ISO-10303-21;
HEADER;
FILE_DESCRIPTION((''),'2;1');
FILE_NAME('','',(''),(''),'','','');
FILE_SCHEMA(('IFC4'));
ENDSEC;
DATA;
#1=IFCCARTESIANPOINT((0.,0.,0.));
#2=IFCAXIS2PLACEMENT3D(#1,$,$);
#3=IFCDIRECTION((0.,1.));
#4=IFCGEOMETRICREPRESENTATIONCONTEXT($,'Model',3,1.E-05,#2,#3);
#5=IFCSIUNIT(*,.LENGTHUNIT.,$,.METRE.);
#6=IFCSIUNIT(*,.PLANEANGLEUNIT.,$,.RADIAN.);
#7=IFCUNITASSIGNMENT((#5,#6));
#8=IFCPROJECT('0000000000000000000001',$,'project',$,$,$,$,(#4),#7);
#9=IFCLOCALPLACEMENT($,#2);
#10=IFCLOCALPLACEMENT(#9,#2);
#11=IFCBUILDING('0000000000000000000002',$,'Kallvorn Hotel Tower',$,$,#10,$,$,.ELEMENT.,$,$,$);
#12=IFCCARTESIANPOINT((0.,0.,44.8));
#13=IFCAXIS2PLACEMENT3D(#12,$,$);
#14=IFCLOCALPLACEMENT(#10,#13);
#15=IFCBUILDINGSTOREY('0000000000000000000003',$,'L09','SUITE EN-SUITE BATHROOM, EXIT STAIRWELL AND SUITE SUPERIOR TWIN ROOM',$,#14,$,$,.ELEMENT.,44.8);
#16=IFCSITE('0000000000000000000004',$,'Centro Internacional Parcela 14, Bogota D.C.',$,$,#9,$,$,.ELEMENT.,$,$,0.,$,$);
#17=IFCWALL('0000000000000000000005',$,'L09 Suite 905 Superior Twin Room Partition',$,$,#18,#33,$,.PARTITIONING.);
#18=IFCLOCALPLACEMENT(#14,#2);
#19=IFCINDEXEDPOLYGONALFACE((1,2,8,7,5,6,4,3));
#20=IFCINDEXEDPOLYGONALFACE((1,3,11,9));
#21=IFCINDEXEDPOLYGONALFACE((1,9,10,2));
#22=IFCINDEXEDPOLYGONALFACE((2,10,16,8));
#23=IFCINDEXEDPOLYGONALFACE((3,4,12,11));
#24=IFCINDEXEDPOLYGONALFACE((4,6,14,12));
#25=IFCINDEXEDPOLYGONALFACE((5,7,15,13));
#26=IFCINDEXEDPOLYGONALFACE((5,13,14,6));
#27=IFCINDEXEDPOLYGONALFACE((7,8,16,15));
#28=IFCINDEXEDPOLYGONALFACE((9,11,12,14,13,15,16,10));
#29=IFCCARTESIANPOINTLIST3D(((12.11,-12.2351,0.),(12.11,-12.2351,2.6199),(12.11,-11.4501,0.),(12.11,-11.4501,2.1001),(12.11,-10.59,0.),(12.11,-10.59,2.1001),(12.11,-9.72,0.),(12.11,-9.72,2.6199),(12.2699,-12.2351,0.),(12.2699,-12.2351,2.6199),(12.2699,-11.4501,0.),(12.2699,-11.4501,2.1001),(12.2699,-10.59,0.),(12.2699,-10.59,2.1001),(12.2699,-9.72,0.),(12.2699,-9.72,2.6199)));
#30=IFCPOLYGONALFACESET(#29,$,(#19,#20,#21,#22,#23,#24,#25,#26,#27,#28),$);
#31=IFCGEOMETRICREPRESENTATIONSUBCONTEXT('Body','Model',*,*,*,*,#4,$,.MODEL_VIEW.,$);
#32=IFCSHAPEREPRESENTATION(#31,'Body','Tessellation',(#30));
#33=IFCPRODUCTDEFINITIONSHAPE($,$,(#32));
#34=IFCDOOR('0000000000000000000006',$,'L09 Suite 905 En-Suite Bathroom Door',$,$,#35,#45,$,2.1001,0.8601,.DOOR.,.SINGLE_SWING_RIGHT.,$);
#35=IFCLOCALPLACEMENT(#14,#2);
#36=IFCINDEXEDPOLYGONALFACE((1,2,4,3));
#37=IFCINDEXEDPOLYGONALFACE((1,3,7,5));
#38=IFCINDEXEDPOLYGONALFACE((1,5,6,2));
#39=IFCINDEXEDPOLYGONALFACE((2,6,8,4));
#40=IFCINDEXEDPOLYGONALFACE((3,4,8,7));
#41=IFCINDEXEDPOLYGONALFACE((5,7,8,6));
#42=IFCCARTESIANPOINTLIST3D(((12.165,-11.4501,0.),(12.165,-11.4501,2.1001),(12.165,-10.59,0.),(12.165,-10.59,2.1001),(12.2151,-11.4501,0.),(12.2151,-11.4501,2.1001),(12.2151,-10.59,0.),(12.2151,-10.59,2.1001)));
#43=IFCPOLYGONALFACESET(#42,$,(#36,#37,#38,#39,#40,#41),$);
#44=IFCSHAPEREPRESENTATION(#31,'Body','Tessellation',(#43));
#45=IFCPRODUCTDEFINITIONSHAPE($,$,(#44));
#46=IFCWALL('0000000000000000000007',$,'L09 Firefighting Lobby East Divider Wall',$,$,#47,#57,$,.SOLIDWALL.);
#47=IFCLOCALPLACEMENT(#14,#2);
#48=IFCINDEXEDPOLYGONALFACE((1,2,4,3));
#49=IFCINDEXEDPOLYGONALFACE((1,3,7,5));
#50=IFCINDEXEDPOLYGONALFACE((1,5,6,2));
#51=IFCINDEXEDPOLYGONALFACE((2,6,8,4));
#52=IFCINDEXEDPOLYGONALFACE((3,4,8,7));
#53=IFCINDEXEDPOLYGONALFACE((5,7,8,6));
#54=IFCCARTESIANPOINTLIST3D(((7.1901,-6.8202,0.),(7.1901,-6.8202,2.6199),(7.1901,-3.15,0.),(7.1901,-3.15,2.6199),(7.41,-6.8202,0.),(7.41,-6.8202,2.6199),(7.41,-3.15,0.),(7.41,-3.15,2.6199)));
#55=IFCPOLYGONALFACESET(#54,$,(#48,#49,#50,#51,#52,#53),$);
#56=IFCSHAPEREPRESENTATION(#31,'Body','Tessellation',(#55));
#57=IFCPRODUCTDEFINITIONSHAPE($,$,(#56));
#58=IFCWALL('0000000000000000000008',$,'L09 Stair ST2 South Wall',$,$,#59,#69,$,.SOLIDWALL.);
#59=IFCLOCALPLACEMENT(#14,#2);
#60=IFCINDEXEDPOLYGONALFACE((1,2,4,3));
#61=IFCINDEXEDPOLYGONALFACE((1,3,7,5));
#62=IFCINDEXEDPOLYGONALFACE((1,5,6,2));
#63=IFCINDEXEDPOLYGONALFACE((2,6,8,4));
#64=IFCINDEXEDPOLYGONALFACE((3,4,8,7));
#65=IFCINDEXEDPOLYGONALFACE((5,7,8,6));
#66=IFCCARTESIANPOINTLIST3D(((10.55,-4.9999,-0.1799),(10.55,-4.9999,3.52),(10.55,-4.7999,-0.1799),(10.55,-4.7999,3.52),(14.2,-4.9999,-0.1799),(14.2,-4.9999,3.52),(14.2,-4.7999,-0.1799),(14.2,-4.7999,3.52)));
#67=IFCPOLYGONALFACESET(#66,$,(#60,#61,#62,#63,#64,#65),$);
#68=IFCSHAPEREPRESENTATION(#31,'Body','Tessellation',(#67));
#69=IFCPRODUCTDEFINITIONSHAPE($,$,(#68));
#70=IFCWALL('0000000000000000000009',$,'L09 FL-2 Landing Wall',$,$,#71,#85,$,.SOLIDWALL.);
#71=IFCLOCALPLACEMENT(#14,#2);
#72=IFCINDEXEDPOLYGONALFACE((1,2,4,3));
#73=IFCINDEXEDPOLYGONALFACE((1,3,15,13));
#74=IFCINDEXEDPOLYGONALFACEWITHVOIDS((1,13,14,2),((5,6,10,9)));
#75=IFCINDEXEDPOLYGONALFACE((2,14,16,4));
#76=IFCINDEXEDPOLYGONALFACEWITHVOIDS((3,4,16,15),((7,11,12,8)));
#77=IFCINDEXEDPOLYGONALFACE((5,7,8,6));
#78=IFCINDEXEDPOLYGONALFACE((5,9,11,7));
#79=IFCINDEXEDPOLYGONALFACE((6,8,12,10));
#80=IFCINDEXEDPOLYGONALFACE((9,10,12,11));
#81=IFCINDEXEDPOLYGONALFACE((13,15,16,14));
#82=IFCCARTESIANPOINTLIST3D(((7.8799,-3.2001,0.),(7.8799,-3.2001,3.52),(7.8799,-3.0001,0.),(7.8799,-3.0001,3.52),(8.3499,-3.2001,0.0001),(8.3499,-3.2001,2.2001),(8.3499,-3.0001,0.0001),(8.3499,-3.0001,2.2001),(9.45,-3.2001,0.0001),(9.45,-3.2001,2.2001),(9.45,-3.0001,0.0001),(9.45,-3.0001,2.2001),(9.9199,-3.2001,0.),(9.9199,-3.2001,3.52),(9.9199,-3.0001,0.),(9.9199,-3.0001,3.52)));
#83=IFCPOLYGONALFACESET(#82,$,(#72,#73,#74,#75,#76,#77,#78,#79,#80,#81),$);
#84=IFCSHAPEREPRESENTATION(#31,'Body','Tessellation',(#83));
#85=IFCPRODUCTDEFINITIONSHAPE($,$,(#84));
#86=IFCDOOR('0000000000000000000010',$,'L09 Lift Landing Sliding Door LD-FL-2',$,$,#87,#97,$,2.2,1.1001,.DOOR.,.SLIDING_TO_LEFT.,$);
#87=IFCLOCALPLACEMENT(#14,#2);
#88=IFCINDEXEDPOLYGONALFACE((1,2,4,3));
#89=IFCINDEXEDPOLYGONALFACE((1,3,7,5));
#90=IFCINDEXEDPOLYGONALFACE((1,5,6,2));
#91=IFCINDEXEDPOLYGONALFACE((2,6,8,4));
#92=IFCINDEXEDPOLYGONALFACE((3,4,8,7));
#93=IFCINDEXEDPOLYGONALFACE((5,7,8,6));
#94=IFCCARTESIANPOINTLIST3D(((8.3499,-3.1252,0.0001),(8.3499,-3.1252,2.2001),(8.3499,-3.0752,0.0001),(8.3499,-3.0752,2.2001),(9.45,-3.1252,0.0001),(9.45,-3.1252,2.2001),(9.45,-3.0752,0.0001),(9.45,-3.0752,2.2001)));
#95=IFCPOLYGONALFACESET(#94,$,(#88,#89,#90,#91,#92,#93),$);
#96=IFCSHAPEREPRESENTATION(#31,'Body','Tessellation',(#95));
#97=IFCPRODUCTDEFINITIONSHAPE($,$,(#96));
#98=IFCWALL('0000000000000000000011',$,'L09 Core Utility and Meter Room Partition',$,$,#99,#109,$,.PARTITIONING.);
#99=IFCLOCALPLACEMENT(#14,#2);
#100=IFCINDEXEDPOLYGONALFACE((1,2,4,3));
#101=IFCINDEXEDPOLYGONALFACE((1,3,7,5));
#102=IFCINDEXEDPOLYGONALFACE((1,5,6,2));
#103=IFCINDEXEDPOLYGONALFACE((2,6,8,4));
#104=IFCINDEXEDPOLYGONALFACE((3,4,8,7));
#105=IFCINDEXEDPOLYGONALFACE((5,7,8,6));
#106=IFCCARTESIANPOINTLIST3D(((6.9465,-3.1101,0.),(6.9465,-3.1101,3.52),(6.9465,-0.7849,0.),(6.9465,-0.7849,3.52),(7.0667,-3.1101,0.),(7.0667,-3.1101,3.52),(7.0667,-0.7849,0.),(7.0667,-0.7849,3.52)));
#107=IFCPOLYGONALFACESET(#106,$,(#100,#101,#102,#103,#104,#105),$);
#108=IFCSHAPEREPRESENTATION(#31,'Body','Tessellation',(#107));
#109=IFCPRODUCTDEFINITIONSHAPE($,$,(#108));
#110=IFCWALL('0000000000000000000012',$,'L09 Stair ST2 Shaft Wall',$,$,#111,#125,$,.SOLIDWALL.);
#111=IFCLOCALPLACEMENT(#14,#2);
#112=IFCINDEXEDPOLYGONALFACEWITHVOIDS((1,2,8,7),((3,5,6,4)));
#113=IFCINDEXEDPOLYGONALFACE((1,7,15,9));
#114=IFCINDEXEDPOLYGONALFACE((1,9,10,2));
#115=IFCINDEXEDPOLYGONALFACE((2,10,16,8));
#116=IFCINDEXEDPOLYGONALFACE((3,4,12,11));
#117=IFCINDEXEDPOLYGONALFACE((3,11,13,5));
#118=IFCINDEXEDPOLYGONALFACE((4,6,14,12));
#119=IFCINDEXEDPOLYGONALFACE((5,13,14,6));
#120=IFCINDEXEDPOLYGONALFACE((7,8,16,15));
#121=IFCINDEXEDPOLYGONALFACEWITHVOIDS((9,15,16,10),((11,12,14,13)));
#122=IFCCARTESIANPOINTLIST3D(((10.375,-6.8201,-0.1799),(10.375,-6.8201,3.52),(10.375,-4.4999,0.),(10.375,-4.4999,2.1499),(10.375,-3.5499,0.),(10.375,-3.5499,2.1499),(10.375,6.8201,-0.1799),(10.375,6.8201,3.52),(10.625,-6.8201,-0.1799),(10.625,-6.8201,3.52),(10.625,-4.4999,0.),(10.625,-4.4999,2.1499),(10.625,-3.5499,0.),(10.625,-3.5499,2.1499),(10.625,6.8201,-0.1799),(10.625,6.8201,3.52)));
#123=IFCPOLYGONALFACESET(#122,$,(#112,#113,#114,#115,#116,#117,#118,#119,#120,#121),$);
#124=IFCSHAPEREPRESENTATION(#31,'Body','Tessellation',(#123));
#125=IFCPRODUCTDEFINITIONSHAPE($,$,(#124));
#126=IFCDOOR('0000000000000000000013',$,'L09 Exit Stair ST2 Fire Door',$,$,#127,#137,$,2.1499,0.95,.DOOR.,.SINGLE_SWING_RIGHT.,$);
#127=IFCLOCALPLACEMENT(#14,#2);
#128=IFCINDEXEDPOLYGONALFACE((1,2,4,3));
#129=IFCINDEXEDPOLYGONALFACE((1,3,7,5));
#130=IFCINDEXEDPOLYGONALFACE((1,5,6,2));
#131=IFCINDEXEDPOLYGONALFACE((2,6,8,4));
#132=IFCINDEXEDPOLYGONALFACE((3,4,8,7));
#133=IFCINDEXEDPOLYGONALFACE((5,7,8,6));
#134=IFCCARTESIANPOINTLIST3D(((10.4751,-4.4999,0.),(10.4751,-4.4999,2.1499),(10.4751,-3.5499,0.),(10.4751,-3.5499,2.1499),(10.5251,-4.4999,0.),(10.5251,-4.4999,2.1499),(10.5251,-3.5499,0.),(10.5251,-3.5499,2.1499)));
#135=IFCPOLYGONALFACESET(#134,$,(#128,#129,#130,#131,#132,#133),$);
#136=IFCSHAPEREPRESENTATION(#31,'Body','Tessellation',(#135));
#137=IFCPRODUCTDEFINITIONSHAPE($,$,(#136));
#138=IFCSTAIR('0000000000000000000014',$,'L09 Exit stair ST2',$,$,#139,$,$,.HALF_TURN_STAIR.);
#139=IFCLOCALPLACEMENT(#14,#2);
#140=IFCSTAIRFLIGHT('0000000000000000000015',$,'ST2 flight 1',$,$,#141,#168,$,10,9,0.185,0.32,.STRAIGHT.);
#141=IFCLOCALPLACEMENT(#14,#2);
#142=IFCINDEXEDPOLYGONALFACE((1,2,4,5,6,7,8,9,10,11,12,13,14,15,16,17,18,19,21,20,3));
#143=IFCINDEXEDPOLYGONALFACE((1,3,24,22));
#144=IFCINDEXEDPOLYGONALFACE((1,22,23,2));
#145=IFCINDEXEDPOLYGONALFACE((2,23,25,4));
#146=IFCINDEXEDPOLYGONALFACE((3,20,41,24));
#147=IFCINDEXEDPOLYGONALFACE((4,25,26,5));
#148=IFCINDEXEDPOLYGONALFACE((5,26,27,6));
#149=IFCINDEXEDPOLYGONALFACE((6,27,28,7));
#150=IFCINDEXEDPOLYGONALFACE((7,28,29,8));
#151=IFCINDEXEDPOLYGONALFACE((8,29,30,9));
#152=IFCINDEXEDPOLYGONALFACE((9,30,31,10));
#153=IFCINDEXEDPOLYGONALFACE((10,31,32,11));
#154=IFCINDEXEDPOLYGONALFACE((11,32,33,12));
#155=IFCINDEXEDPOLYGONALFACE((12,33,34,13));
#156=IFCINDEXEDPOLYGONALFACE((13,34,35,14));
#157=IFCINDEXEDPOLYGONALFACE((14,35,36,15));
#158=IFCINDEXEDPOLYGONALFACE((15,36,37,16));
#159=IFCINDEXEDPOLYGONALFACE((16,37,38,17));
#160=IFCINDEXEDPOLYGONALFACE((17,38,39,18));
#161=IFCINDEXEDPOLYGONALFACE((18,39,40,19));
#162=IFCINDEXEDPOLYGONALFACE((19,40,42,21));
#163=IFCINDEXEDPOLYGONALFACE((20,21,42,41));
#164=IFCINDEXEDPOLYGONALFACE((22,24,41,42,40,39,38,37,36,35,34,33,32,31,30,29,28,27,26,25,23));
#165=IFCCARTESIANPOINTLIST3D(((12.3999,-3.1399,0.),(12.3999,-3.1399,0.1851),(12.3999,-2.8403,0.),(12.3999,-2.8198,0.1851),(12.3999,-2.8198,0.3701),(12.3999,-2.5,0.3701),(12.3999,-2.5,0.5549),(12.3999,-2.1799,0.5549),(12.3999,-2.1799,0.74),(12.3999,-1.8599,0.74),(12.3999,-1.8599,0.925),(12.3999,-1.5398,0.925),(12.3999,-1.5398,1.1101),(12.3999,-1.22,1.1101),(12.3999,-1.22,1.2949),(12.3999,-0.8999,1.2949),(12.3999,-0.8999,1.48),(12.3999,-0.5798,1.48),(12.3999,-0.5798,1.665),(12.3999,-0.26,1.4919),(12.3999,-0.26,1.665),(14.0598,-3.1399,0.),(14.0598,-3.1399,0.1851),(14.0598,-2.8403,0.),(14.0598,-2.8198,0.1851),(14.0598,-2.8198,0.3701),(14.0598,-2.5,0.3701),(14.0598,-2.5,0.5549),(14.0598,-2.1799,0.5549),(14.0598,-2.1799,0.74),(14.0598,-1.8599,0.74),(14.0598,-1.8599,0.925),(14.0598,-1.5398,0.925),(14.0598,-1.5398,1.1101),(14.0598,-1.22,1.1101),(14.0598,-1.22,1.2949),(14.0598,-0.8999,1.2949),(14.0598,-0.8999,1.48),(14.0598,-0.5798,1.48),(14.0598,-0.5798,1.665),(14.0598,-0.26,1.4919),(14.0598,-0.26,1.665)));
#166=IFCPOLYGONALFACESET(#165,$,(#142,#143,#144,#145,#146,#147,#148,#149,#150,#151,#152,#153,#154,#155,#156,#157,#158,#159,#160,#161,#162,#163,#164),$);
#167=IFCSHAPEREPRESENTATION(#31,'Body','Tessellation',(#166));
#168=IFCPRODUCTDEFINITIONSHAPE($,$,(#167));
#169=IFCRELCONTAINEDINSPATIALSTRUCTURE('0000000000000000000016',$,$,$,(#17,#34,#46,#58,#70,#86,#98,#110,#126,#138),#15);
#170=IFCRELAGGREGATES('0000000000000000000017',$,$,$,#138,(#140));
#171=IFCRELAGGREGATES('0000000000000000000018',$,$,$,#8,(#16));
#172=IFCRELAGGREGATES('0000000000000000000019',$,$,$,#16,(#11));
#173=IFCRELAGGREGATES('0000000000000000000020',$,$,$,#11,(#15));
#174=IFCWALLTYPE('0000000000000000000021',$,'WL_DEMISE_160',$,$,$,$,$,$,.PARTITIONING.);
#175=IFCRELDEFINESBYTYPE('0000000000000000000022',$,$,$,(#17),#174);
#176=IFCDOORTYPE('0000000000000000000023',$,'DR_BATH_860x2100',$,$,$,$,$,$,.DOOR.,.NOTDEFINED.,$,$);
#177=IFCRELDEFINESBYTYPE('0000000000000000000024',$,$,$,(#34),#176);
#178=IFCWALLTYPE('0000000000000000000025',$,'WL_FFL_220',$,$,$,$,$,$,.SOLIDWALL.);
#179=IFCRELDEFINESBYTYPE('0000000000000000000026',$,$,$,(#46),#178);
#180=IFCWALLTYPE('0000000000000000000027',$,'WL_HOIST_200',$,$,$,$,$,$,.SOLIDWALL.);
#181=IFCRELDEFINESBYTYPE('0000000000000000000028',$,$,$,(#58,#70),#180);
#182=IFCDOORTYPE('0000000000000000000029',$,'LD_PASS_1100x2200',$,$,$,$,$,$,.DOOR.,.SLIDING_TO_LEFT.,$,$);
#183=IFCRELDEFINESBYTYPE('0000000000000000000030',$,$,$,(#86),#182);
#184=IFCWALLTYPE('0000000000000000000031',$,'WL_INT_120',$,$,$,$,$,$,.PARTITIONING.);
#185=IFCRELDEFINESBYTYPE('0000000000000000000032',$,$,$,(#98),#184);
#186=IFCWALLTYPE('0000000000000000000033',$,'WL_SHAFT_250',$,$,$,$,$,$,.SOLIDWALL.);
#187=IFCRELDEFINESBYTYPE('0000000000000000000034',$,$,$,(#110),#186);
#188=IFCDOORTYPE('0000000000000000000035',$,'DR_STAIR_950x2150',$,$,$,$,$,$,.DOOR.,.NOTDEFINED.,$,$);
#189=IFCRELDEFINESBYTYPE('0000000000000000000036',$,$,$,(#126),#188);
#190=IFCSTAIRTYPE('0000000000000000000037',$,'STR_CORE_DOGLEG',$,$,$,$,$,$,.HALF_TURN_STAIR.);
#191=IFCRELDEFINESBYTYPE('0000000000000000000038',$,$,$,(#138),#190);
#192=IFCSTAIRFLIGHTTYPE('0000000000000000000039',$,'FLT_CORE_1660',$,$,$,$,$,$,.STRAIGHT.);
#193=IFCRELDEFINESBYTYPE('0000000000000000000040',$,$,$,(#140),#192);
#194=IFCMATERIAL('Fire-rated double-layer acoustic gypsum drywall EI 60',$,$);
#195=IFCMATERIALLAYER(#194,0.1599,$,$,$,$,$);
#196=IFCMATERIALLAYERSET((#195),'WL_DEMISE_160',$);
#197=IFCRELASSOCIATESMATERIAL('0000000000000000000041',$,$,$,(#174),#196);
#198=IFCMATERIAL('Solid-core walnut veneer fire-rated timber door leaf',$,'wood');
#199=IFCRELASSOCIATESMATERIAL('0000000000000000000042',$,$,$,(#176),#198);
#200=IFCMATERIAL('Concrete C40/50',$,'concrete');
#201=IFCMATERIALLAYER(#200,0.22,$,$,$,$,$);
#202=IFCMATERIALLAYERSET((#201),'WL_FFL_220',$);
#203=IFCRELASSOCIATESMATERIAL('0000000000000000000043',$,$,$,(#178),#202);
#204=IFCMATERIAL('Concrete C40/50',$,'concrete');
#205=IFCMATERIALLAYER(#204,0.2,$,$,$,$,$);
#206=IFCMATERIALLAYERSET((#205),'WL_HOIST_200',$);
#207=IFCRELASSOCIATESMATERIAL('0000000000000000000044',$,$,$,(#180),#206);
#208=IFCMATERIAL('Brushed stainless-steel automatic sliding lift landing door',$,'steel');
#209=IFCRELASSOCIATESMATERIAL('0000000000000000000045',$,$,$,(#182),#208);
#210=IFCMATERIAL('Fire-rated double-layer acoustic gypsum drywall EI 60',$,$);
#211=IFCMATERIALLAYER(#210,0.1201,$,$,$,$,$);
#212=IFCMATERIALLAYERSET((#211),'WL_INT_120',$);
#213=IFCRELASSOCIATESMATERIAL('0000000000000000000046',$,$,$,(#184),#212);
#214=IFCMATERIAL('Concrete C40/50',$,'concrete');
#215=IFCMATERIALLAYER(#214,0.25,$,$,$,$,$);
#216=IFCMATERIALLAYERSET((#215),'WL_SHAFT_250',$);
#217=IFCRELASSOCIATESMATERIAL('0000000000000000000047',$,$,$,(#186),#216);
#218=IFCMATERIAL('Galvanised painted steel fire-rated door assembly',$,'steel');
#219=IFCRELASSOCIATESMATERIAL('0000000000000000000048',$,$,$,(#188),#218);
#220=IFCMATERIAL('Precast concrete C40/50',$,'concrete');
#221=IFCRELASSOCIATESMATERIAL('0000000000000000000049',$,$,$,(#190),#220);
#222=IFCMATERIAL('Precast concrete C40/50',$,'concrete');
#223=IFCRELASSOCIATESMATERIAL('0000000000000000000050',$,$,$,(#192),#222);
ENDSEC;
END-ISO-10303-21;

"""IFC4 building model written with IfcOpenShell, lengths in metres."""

from ifc_helpers import new_model, si_unit, direction, frame, frame_2d, origin, place, context, subcontext, project, spatial, polyline, rectangle, outline, extrude, material, layer, layer_set, type_object, element, fill, aggregate, save


model = new_model("IFC4")

# Units and contexts
model_context = context("Model", 3, precision=1e-05, world=origin(), true_north=direction((0.0, 1.0)))
body_context = subcontext(model_context, "Body", "Model", "MODEL_VIEW")
ifc_project = project(units=[si_unit("LENGTHUNIT", "METRE"), si_unit("PLANEANGLEUNIT", "RADIAN")], contexts=[model_context])

# Site, building, storey
site_placement = place(None, origin())
site = spatial("IfcSite", under=ifc_project, at=site_placement, Name="Centro Internacional Parcela 14, Bogota D.C.", CompositionType="ELEMENT", RefElevation=0.0)
building_placement = place(site_placement, origin())
building = spatial("IfcBuilding", under=site, at=building_placement, Name="Kallvorn Hotel Tower", CompositionType="ELEMENT")
storey_placement = place(building_placement, frame((0.0, 0.0, 44.8)))
storey = spatial("IfcBuildingStorey", under=building, at=storey_placement, Name="L09", Description="SUITE EN-SUITE BATHROOM, EXIT STAIRWELL AND SUITE SUPERIOR TWIN ROOM", CompositionType="ELEMENT", Elevation=44.8)

# Shared definitions
ifc_material_1 = material(Name="Fire-rated double-layer acoustic gypsum drywall EI 60")
ifc_layer_1 = layer(ifc_material_1, 0.1599)
ifc_layer_set_1 = layer_set([ifc_layer_1], Name="WL_DEMISE_160")
wall_type_1 = type_object("IfcWallType", Name="WL_DEMISE_160", PredefinedType="PARTITIONING", material=ifc_layer_set_1)

# Wall, opening, door
wall_1_placement = place(storey_placement, frame((12.1899, -12.2351, 0.0), z_axis=(0.0, 0.0, 1.0), x_axis=(0.0, 1.0, 0.0)))
wall_1 = element("IfcWall", 1, at=wall_1_placement, inside=storey, type_object=wall_type_1, Name="L09 Suite 905 Superior Twin Room Partition", PredefinedType="PARTITIONING", context=body_context, shape_type="SweptSolid", body=[
    extrude(rectangle(XDim=2.5151, YDim=0.1599, at=frame_2d((1.2576, 0.0))), origin(), (0.0, 0.0, 1.0), 2.6199),
])
opening_1_placement = place(wall_1_placement, frame((0.7849, 0.0, 0.0)))
opening_1 = element("IfcOpeningElement", 2, at=opening_1_placement, cuts=wall_1, PredefinedType="OPENING", context=body_context, shape_type="SweptSolid", body=[
    extrude(rectangle(XDim=0.8601, YDim=2.1001, at=frame_2d((0.4302, 1.05))), frame((0.0, 0.095, 0.0), z_axis=(0.0, -1.0, 0.0), x_axis=(1.0, 0.0, 0.0)), (0.0, 0.0, 1.0), 0.1899),
])
ifc_material_2 = material(Name="Solid-core walnut veneer fire-rated timber door leaf", Category="wood")
door_type_1 = type_object("IfcDoorType", Name="DR_BATH_860x2100", OperationType="NOTDEFINED", PredefinedType="DOOR", material=ifc_material_2)
door_1_placement = place(opening_1_placement, origin())
door_1 = element("IfcDoor", 3, at=door_1_placement, inside=storey, type_object=door_type_1, Name="L09 Suite 905 En-Suite Bathroom Door", OperationType="SINGLE_SWING_RIGHT", OverallHeight=2.1001, OverallWidth=0.8601, PredefinedType="DOOR", context=body_context, shape_type="SweptSolid", body=[
    extrude(rectangle(XDim=0.8601, YDim=2.1001, at=frame_2d((0.4302, 1.05))), frame((0.0, 0.0249, 0.0), z_axis=(0.0, -1.0, 0.0), x_axis=(1.0, 0.0, 0.0)), (0.0, 0.0, 1.0), 0.05),
])
fill(opening_1, door_1)

# Walls
ifc_material_3 = material(Name="Concrete C40/50", Category="concrete")
ifc_layer_2 = layer(ifc_material_3, 0.22)
ifc_layer_set_2 = layer_set([ifc_layer_2], Name="WL_FFL_220")
wall_type_2 = type_object("IfcWallType", Name="WL_FFL_220", PredefinedType="SOLIDWALL", material=ifc_layer_set_2)
wall_2_placement = place(storey_placement, frame((7.3, -6.8201, 0.0), z_axis=(0.0, 0.0, 1.0), x_axis=(0.0, 1.0, 0.0)))
element("IfcWall", 4, at=wall_2_placement, inside=storey, type_object=wall_type_2, Name="L09 Firefighting Lobby East Divider Wall", PredefinedType="SOLIDWALL", context=body_context, shape_type="SweptSolid", body=[
    extrude(rectangle(XDim=3.6702, YDim=0.22, at=frame_2d((1.835, 0.0))), origin(), (0.0, 0.0, 1.0), 2.6199),
])
ifc_material_4 = material(Name="Concrete C40/50", Category="concrete")
ifc_layer_3 = layer(ifc_material_4, 0.2)
ifc_layer_set_3 = layer_set([ifc_layer_3], Name="WL_HOIST_200")
wall_type_3 = type_object("IfcWallType", Name="WL_HOIST_200", PredefinedType="SOLIDWALL", material=ifc_layer_set_3)
wall_3_placement = place(storey_placement, frame((10.55, -4.8999, -0.1799), z_axis=(0.0, 0.0, 1.0), x_axis=(1.0, 0.0, 0.0)))
element("IfcWall", 5, at=wall_3_placement, inside=storey, type_object=wall_type_3, Name="L09 Stair ST2 South Wall", PredefinedType="SOLIDWALL", context=body_context, shape_type="SweptSolid", body=[
    extrude(rectangle(XDim=3.6499, YDim=0.2, at=frame_2d((1.825, 0.0))), origin(), (0.0, 0.0, 1.0), 3.7),
])

# Wall, opening, door
wall_4_placement = place(storey_placement, frame((7.8799, -3.1001, 0.0), z_axis=(0.0, 0.0, 1.0), x_axis=(1.0, 0.0, 0.0)))
wall_4 = element("IfcWall", 6, at=wall_4_placement, inside=storey, type_object=wall_type_3, Name="L09 FL-2 Landing Wall", PredefinedType="SOLIDWALL", context=body_context, shape_type="SweptSolid", body=[
    extrude(rectangle(XDim=2.04, YDim=0.2, at=frame_2d((1.02, 0.0))), origin(), (0.0, 0.0, 1.0), 3.52),
])
opening_2_placement = place(wall_4_placement, frame((0.47, 0.0, 0.0)))
opening_2 = element("IfcOpeningElement", 7, at=opening_2_placement, cuts=wall_4, PredefinedType="OPENING", context=body_context, shape_type="SweptSolid", body=[
    extrude(rectangle(XDim=1.1001, YDim=2.2, at=frame_2d((0.55, 1.1001))), frame((0.0, 0.115, 0.0), z_axis=(0.0, -1.0, 0.0), x_axis=(1.0, 0.0, 0.0)), (0.0, 0.0, 1.0), 0.23),
])
ifc_material_5 = material(Name="Brushed stainless-steel automatic sliding lift landing door", Category="steel")
door_type_2 = type_object("IfcDoorType", Name="LD_PASS_1100x2200", OperationType="SLIDING_TO_LEFT", PredefinedType="DOOR", material=ifc_material_5)
door_2_placement = place(opening_2_placement, origin())
door_2 = element("IfcDoor", 8, at=door_2_placement, inside=storey, type_object=door_type_2, Name="L09 Lift Landing Sliding Door LD-FL-2", OperationType="SLIDING_TO_LEFT", OverallHeight=2.2, OverallWidth=1.1001, PredefinedType="DOOR", context=body_context, shape_type="SweptSolid", body=[
    extrude(rectangle(XDim=1.1001, YDim=2.2, at=frame_2d((0.55, 1.1001))), frame((0.0, 0.0249, 0.0), z_axis=(0.0, -1.0, 0.0), x_axis=(1.0, 0.0, 0.0)), (0.0, 0.0, 1.0), 0.05),
])
fill(opening_2, door_2)

# Wall
ifc_material_6 = material(Name="Fire-rated double-layer acoustic gypsum drywall EI 60")
ifc_layer_4 = layer(ifc_material_6, 0.1201)
ifc_layer_set_4 = layer_set([ifc_layer_4], Name="WL_INT_120")
wall_type_4 = type_object("IfcWallType", Name="WL_INT_120", PredefinedType="PARTITIONING", material=ifc_layer_set_4)
wall_5_placement = place(storey_placement, frame((7.0066, -3.1101, 0.0), z_axis=(0.0, 0.0, 1.0), x_axis=(0.0, 1.0, 0.0)))
element("IfcWall", 9, at=wall_5_placement, inside=storey, type_object=wall_type_4, Name="L09 Core Utility and Meter Room Partition", PredefinedType="PARTITIONING", context=body_context, shape_type="SweptSolid", body=[
    extrude(rectangle(XDim=2.3252, YDim=0.1201, at=frame_2d((1.1626, 0.0))), origin(), (0.0, 0.0, 1.0), 3.52),
])

# Wall, opening, door
ifc_material_7 = material(Name="Concrete C40/50", Category="concrete")
ifc_layer_5 = layer(ifc_material_7, 0.25)
ifc_layer_set_5 = layer_set([ifc_layer_5], Name="WL_SHAFT_250")
wall_type_5 = type_object("IfcWallType", Name="WL_SHAFT_250", PredefinedType="SOLIDWALL", material=ifc_layer_set_5)
wall_6_placement = place(storey_placement, frame((10.5, -6.8201, -0.1799), z_axis=(0.0, 0.0, 1.0), x_axis=(0.0, 1.0, 0.0)))
wall_6 = element("IfcWall", 10, at=wall_6_placement, inside=storey, type_object=wall_type_5, Name="L09 Stair ST2 Shaft Wall", PredefinedType="SOLIDWALL", context=body_context, shape_type="SweptSolid", body=[
    extrude(rectangle(XDim=13.6401, YDim=0.25, at=frame_2d((6.8201, 0.0))), origin(), (0.0, 0.0, 1.0), 3.7),
])
opening_3_placement = place(wall_6_placement, frame((2.3201, 0.0, 0.1799)))
opening_3 = element("IfcOpeningElement", 11, at=opening_3_placement, cuts=wall_6, PredefinedType="OPENING", context=body_context, shape_type="SweptSolid", body=[
    extrude(rectangle(XDim=0.95, YDim=2.1499, at=frame_2d((0.4751, 1.075))), frame((0.0, 0.1399, 0.0), z_axis=(0.0, -1.0, 0.0), x_axis=(1.0, 0.0, 0.0)), (0.0, 0.0, 1.0), 0.28),
])
ifc_material_8 = material(Name="Galvanised painted steel fire-rated door assembly", Category="steel")
door_type_3 = type_object("IfcDoorType", Name="DR_STAIR_950x2150", OperationType="NOTDEFINED", PredefinedType="DOOR", material=ifc_material_8)
door_3_placement = place(opening_3_placement, origin())
door_3 = element("IfcDoor", 12, at=door_3_placement, inside=storey, type_object=door_type_3, Name="L09 Exit Stair ST2 Fire Door", OperationType="SINGLE_SWING_RIGHT", OverallHeight=2.1499, OverallWidth=0.95, PredefinedType="DOOR", context=body_context, shape_type="SweptSolid", body=[
    extrude(rectangle(XDim=0.95, YDim=2.1499, at=frame_2d((0.4751, 1.075))), frame((0.0, 0.0249, 0.0), z_axis=(0.0, -1.0, 0.0), x_axis=(1.0, 0.0, 0.0)), (0.0, 0.0, 1.0), 0.05),
])
fill(opening_3, door_3)

# Stair, stair flight
ifc_material_9 = material(Name="Precast concrete C40/50", Category="concrete")
stair_type = type_object("IfcStairType", Name="STR_CORE_DOGLEG", PredefinedType="HALF_TURN_STAIR", material=ifc_material_9)
stair_placement = place(storey_placement, origin())
stair = element("IfcStair", 13, at=stair_placement, inside=storey, type_object=stair_type, Name="L09 Exit stair ST2", PredefinedType="HALF_TURN_STAIR")
ifc_material_10 = material(Name="Precast concrete C40/50", Category="concrete")
stair_flight_type = type_object("IfcStairFlightType", Name="FLT_CORE_1660", PredefinedType="STRAIGHT", material=ifc_material_10)
stair_flight_placement = place(storey_placement, frame((13.23, -3.1399, 0.0), z_axis=(0.0, 0.0, 1.0), x_axis=(0.0, 1.0, 0.0)))
stair_flight = element("IfcStairFlight", 14, at=stair_flight_placement, type_object=stair_flight_type, Name="ST2 flight 1", NumberOfRisers=10, NumberOfTreads=9, PredefinedType="STRAIGHT", RiserHeight=0.185, TreadLength=0.32, context=body_context, shape_type="SweptSolid", body=[
    extrude(outline(polyline([(0.0, 0.0), (0.0, 0.1851), (0.3201, 0.1851), (0.3201, 0.3701), (0.6399, 0.3701), (0.6399, 0.5549), (0.96, 0.5549), (0.96, 0.74), (1.28, 0.74), (1.28, 0.925), (1.6001, 0.925), (1.6001, 1.1101), (1.9199, 1.1101), (1.9199, 1.2949), (2.24, 1.2949), (2.24, 1.48), (2.5601, 1.48), (2.5601, 1.665), (2.8799, 1.665), (2.8799, 1.8501), (2.8799, 1.4919), (0.2996, 0.0), (0.0, 0.0)])), frame((0.0, 0.8301, 0.0), z_axis=(0.0, -1.0, 0.0), x_axis=(1.0, 0.0, 0.0)), (0.0, 0.0, 1.0), 1.6599),
])
aggregate(stair, [stair_flight])

save(model, "model.ifc")
